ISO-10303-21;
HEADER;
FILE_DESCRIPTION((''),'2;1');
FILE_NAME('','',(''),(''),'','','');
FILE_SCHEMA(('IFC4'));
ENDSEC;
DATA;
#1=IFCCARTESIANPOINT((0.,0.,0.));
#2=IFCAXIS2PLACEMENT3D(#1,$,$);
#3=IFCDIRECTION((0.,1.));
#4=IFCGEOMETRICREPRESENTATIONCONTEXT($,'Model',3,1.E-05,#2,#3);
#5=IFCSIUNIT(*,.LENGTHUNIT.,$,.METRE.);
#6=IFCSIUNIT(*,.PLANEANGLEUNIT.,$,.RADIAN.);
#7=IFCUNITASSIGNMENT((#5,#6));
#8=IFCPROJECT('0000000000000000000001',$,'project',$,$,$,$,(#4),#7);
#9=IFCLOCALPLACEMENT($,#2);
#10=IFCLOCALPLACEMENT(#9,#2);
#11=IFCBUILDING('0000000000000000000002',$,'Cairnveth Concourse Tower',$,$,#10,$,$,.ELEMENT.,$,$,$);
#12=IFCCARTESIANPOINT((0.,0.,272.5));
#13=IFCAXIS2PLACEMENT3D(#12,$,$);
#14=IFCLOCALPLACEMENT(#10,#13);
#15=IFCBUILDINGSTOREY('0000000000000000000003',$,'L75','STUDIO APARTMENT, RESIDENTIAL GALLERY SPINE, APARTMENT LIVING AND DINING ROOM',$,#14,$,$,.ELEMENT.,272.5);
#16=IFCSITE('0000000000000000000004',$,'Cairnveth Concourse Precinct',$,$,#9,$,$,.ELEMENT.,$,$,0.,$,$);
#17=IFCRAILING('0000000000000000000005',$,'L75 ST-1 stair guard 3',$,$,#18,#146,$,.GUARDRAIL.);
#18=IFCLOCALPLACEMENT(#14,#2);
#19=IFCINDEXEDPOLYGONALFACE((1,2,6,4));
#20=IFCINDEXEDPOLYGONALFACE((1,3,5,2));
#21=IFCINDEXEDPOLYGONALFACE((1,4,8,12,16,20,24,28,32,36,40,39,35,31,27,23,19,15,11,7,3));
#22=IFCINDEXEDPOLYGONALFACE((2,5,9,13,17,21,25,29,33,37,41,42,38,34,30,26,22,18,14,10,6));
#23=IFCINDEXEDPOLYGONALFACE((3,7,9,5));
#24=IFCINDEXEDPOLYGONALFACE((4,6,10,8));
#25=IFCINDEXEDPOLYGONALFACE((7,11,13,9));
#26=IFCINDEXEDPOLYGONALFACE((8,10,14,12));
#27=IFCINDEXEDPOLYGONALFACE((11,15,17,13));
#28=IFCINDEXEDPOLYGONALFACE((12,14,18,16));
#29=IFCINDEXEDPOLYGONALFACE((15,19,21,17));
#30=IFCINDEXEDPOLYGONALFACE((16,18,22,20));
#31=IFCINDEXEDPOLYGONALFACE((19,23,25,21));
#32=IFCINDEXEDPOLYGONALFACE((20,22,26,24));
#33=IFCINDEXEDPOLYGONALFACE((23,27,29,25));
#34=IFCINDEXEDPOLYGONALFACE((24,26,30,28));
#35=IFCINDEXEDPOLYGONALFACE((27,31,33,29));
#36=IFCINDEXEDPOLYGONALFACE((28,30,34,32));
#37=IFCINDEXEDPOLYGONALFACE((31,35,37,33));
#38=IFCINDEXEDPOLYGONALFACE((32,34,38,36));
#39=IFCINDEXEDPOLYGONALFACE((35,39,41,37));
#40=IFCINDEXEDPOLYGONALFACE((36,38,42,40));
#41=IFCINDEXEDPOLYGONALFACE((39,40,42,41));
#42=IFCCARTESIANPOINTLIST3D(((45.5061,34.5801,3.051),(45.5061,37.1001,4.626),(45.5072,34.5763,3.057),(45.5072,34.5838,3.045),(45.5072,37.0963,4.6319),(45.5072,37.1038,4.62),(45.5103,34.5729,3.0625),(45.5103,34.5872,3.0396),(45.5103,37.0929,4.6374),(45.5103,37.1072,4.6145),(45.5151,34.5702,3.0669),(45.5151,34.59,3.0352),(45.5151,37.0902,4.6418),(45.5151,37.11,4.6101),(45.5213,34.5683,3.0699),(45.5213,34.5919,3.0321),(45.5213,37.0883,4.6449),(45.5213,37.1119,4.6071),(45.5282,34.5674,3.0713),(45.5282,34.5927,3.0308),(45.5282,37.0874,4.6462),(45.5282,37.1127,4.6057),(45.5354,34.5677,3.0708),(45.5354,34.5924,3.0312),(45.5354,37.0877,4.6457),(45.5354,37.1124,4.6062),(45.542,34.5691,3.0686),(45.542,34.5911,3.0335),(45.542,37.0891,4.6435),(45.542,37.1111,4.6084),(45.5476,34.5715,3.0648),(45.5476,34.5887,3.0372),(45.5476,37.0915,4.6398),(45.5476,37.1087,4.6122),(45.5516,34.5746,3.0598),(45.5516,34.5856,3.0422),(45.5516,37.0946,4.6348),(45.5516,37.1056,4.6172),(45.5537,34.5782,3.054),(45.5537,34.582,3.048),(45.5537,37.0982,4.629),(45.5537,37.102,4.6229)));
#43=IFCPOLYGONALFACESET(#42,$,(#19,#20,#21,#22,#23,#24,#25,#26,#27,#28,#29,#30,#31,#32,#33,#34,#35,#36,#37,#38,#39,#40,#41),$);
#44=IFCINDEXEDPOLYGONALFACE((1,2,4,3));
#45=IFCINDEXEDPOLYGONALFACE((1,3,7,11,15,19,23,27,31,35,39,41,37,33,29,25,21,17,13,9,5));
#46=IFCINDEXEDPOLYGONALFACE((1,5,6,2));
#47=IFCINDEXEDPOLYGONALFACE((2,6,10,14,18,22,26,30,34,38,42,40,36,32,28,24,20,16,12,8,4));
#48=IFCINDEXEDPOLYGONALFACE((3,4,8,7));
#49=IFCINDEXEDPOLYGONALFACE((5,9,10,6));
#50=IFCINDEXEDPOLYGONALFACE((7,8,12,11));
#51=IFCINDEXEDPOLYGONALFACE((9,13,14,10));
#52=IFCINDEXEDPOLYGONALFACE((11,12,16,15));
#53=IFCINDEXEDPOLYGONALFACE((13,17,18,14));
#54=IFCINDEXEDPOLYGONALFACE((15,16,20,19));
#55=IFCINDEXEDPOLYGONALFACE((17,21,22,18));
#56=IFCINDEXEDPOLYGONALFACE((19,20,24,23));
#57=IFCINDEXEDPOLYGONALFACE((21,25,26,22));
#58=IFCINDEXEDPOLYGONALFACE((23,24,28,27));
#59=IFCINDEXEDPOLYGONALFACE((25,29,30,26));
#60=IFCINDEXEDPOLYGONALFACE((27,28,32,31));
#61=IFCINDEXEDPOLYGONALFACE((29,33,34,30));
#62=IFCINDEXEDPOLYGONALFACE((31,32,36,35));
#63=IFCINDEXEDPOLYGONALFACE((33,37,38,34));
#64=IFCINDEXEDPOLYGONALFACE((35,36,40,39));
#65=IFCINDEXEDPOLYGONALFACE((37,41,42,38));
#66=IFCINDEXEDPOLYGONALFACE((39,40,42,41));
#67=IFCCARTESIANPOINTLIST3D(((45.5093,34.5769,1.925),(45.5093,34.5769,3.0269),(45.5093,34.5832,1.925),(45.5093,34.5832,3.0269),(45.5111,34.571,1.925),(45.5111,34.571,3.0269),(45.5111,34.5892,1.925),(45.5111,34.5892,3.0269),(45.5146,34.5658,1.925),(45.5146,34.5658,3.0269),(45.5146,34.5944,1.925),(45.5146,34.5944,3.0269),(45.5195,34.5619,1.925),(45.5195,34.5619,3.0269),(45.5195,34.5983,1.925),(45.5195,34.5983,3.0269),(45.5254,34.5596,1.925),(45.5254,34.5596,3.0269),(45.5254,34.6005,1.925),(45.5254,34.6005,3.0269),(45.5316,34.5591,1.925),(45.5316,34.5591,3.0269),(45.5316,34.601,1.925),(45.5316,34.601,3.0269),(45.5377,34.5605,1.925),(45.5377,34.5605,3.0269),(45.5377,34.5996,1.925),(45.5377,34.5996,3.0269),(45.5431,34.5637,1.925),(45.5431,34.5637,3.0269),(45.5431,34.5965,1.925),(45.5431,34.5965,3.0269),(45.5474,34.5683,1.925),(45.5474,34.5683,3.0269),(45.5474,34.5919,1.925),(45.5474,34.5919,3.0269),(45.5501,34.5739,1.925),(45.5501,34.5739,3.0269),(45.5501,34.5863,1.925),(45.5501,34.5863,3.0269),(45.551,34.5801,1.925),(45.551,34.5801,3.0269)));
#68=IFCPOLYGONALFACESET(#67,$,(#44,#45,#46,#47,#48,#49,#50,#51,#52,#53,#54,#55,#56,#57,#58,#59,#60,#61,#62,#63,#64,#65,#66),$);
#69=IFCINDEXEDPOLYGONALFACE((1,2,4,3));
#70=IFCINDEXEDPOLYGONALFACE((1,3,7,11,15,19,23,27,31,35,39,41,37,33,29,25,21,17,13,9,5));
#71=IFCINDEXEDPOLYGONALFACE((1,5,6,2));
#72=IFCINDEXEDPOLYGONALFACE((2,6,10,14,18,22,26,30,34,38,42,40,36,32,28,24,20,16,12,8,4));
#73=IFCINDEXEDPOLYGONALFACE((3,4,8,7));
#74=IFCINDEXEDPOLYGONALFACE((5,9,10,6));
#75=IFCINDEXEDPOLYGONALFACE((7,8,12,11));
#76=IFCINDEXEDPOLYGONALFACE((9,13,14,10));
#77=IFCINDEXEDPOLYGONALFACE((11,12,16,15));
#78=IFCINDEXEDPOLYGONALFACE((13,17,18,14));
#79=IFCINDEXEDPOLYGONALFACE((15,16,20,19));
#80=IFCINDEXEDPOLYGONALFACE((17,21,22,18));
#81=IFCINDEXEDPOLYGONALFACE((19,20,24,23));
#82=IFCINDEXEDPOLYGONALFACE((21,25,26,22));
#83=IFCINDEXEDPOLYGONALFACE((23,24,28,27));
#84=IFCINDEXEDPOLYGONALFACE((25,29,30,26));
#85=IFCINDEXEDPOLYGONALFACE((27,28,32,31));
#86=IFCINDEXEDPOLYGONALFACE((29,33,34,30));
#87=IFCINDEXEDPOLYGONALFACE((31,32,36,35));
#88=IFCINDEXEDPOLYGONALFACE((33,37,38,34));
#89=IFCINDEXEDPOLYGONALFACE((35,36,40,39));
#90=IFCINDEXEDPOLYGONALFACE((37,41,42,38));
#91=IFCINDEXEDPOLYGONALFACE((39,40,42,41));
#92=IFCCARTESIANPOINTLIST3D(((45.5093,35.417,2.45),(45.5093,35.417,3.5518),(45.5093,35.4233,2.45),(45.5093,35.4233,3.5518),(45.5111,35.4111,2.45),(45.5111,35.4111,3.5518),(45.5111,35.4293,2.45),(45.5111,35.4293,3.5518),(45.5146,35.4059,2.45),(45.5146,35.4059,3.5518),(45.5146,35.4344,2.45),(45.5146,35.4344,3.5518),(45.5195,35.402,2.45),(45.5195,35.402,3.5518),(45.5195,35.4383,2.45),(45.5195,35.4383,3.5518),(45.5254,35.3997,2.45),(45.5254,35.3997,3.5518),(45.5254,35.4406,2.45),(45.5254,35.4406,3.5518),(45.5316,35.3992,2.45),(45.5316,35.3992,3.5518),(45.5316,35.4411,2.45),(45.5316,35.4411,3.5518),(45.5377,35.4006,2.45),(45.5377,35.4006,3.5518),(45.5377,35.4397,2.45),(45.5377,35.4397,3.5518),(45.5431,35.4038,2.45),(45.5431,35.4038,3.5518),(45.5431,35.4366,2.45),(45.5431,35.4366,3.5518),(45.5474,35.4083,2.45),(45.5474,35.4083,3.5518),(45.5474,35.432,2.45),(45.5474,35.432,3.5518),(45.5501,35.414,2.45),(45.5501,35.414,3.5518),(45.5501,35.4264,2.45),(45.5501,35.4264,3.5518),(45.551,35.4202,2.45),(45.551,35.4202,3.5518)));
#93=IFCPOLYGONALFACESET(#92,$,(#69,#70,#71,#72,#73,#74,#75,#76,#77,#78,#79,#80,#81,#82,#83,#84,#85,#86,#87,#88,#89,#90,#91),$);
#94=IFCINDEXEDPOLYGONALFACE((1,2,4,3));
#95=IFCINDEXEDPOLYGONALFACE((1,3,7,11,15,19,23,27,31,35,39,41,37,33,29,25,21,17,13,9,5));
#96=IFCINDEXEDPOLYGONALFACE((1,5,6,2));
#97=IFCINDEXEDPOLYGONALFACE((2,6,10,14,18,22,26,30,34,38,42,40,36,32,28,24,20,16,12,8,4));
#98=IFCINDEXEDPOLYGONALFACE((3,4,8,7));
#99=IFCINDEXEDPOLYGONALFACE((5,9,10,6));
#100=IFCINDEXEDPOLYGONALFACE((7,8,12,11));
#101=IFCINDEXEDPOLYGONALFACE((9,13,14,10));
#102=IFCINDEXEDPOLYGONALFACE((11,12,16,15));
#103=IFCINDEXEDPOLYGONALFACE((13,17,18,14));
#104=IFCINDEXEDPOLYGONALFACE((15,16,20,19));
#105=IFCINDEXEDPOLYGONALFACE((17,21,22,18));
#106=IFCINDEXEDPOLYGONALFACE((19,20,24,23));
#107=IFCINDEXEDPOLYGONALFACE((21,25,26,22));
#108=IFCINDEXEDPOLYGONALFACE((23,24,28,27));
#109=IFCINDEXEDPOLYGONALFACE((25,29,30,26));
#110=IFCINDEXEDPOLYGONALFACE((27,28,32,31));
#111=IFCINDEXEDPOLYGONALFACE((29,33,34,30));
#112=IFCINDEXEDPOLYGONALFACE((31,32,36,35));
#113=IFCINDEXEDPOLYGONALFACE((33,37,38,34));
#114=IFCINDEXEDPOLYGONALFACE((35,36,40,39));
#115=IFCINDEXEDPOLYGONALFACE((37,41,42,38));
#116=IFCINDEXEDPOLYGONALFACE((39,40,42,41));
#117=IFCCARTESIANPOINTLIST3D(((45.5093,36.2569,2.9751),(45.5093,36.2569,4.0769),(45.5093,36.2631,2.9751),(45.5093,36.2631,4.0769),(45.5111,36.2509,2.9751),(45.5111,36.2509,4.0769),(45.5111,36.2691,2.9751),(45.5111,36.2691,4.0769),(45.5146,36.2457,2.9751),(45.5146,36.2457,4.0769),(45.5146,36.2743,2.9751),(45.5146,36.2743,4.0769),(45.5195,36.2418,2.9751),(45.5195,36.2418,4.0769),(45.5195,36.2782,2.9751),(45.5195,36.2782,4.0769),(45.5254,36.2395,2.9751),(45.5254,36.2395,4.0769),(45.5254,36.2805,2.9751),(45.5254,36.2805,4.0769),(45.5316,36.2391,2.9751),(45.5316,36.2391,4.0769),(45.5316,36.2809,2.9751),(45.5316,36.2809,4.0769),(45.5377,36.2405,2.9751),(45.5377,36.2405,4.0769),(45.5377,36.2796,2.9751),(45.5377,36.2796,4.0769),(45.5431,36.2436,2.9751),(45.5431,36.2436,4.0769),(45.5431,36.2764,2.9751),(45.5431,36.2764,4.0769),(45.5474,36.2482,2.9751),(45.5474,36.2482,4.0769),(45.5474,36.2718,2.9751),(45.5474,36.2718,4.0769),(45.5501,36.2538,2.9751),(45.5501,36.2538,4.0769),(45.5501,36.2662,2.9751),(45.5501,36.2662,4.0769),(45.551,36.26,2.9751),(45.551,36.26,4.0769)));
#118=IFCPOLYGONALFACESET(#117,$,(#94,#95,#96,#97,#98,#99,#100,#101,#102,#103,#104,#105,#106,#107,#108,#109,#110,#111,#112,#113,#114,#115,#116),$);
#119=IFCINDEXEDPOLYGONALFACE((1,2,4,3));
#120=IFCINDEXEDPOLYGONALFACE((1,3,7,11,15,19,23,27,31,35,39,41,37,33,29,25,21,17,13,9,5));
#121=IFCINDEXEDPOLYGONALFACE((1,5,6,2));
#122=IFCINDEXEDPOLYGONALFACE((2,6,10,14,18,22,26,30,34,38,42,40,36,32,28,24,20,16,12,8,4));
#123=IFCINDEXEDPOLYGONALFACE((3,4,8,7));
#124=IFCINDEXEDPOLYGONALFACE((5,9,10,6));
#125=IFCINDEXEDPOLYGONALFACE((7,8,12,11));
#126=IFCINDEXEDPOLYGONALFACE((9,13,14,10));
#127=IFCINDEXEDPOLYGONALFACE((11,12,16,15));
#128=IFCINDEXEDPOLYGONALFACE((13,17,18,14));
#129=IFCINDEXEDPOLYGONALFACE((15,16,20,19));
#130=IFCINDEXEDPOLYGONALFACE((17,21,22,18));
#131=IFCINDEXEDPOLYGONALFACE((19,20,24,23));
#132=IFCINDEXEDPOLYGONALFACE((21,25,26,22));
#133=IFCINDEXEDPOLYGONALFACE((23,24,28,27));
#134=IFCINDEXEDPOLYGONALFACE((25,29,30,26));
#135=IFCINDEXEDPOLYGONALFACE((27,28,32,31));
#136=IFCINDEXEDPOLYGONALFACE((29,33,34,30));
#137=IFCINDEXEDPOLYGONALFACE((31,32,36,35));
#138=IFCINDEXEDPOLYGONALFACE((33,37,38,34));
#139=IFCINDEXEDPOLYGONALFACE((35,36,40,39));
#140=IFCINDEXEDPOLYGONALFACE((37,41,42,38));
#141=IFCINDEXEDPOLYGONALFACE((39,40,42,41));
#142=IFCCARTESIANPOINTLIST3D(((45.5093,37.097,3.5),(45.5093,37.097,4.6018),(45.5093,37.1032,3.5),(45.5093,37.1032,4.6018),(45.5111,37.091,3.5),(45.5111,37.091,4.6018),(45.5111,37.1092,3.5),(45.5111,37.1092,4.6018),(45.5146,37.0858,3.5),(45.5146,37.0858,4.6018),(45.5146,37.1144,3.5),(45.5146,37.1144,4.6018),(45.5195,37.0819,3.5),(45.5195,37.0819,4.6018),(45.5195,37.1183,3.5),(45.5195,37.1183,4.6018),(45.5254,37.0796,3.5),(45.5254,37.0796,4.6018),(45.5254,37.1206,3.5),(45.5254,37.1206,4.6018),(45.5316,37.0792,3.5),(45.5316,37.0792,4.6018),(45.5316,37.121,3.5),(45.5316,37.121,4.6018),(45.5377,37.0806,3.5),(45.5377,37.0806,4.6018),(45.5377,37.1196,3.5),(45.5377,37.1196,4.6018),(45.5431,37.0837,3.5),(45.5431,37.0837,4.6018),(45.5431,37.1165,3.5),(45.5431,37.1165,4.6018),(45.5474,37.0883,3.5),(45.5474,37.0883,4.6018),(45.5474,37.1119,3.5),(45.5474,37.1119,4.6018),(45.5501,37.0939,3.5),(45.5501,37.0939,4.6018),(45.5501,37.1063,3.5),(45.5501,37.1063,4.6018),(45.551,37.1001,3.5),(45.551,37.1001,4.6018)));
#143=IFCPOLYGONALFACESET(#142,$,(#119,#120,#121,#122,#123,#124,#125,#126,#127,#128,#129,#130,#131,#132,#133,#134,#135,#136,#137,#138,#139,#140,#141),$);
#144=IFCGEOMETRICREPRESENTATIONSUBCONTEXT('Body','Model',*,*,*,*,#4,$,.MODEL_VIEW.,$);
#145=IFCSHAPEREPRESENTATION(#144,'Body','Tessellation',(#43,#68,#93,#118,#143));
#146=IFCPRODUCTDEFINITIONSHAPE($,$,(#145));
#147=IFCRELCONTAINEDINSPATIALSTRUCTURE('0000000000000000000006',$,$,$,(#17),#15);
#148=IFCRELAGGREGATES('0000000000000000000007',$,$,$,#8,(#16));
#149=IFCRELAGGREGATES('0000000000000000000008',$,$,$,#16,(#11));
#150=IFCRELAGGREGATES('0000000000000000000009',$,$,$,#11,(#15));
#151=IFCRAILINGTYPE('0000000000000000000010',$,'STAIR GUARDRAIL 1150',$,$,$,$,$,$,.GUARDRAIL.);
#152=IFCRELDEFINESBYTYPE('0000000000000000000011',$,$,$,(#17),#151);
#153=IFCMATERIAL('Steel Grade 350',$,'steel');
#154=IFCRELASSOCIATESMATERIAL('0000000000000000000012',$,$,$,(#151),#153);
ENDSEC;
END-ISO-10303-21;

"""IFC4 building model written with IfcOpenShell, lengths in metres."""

from ifc_helpers import new_model, si_unit, direction, frame, origin, origin_2d, place, context, subcontext, project, spatial, circle, extrude, material, type_object, element, save


model = new_model("IFC4")

# Units and contexts
model_context = context("Model", 3, precision=1e-05, world=origin(), true_north=direction((0.0, 1.0)))
body_context = subcontext(model_context, "Body", "Model", "MODEL_VIEW")
ifc_project = project(units=[si_unit("LENGTHUNIT", "METRE"), si_unit("PLANEANGLEUNIT", "RADIAN")], contexts=[model_context])

# Site, building, storey
site_placement = place(None, origin())
site = spatial("IfcSite", under=ifc_project, at=site_placement, Name="Cairnveth Concourse Precinct", CompositionType="ELEMENT", RefElevation=0.0)
building_placement = place(site_placement, origin())
building = spatial("IfcBuilding", under=site, at=building_placement, Name="Cairnveth Concourse Tower", CompositionType="ELEMENT")
storey_placement = place(building_placement, frame((0.0, 0.0, 272.5)))
storey = spatial("IfcBuildingStorey", under=building, at=storey_placement, Name="L75", Description="STUDIO APARTMENT, RESIDENTIAL GALLERY SPINE, APARTMENT LIVING AND DINING ROOM", CompositionType="ELEMENT", Elevation=272.5)

# Shared definitions
ifc_material_1 = material(Name="Steel Grade 350", Category="steel")

# Railing
railing_type = type_object("IfcRailingType", Name="STAIR GUARDRAIL 1150", PredefinedType="GUARDRAIL", material=ifc_material_1)
railing_1_placement = place(storey_placement, frame((45.53, 34.5801, 1.925)))
element("IfcRailing", 1, at=railing_1_placement, inside=storey, type_object=railing_type, Name="L75 ST-1 stair guard 3", PredefinedType="GUARDRAIL", context=body_context, shape_type="SweptSolid", body=[
    extrude(circle(Radius=0.0239, at=origin_2d()), frame((0.0, 0.0, 1.126), z_axis=(0.0, 0.848008, 0.529984), x_axis=(-1.0, 0.0, 0.0)), (0.0, 0.0, 1.0), 2.9717),
    extrude(circle(Radius=0.021, at=origin_2d()), origin(), (0.0, 0.0, 1.0), 1.1018),
    extrude(circle(Radius=0.021, at=origin_2d()), frame((0.0, 0.8401, 0.5249)), (0.0, 0.0, 1.0), 1.1018),
    extrude(circle(Radius=0.021, at=origin_2d()), frame((0.0, 1.6799, 1.05)), (0.0, 0.0, 1.0), 1.1018),
    extrude(circle(Radius=0.021, at=origin_2d()), frame((0.0, 2.52, 1.575)), (0.0, 0.0, 1.0), 1.1018),
])

save(model, "model.ifc")
